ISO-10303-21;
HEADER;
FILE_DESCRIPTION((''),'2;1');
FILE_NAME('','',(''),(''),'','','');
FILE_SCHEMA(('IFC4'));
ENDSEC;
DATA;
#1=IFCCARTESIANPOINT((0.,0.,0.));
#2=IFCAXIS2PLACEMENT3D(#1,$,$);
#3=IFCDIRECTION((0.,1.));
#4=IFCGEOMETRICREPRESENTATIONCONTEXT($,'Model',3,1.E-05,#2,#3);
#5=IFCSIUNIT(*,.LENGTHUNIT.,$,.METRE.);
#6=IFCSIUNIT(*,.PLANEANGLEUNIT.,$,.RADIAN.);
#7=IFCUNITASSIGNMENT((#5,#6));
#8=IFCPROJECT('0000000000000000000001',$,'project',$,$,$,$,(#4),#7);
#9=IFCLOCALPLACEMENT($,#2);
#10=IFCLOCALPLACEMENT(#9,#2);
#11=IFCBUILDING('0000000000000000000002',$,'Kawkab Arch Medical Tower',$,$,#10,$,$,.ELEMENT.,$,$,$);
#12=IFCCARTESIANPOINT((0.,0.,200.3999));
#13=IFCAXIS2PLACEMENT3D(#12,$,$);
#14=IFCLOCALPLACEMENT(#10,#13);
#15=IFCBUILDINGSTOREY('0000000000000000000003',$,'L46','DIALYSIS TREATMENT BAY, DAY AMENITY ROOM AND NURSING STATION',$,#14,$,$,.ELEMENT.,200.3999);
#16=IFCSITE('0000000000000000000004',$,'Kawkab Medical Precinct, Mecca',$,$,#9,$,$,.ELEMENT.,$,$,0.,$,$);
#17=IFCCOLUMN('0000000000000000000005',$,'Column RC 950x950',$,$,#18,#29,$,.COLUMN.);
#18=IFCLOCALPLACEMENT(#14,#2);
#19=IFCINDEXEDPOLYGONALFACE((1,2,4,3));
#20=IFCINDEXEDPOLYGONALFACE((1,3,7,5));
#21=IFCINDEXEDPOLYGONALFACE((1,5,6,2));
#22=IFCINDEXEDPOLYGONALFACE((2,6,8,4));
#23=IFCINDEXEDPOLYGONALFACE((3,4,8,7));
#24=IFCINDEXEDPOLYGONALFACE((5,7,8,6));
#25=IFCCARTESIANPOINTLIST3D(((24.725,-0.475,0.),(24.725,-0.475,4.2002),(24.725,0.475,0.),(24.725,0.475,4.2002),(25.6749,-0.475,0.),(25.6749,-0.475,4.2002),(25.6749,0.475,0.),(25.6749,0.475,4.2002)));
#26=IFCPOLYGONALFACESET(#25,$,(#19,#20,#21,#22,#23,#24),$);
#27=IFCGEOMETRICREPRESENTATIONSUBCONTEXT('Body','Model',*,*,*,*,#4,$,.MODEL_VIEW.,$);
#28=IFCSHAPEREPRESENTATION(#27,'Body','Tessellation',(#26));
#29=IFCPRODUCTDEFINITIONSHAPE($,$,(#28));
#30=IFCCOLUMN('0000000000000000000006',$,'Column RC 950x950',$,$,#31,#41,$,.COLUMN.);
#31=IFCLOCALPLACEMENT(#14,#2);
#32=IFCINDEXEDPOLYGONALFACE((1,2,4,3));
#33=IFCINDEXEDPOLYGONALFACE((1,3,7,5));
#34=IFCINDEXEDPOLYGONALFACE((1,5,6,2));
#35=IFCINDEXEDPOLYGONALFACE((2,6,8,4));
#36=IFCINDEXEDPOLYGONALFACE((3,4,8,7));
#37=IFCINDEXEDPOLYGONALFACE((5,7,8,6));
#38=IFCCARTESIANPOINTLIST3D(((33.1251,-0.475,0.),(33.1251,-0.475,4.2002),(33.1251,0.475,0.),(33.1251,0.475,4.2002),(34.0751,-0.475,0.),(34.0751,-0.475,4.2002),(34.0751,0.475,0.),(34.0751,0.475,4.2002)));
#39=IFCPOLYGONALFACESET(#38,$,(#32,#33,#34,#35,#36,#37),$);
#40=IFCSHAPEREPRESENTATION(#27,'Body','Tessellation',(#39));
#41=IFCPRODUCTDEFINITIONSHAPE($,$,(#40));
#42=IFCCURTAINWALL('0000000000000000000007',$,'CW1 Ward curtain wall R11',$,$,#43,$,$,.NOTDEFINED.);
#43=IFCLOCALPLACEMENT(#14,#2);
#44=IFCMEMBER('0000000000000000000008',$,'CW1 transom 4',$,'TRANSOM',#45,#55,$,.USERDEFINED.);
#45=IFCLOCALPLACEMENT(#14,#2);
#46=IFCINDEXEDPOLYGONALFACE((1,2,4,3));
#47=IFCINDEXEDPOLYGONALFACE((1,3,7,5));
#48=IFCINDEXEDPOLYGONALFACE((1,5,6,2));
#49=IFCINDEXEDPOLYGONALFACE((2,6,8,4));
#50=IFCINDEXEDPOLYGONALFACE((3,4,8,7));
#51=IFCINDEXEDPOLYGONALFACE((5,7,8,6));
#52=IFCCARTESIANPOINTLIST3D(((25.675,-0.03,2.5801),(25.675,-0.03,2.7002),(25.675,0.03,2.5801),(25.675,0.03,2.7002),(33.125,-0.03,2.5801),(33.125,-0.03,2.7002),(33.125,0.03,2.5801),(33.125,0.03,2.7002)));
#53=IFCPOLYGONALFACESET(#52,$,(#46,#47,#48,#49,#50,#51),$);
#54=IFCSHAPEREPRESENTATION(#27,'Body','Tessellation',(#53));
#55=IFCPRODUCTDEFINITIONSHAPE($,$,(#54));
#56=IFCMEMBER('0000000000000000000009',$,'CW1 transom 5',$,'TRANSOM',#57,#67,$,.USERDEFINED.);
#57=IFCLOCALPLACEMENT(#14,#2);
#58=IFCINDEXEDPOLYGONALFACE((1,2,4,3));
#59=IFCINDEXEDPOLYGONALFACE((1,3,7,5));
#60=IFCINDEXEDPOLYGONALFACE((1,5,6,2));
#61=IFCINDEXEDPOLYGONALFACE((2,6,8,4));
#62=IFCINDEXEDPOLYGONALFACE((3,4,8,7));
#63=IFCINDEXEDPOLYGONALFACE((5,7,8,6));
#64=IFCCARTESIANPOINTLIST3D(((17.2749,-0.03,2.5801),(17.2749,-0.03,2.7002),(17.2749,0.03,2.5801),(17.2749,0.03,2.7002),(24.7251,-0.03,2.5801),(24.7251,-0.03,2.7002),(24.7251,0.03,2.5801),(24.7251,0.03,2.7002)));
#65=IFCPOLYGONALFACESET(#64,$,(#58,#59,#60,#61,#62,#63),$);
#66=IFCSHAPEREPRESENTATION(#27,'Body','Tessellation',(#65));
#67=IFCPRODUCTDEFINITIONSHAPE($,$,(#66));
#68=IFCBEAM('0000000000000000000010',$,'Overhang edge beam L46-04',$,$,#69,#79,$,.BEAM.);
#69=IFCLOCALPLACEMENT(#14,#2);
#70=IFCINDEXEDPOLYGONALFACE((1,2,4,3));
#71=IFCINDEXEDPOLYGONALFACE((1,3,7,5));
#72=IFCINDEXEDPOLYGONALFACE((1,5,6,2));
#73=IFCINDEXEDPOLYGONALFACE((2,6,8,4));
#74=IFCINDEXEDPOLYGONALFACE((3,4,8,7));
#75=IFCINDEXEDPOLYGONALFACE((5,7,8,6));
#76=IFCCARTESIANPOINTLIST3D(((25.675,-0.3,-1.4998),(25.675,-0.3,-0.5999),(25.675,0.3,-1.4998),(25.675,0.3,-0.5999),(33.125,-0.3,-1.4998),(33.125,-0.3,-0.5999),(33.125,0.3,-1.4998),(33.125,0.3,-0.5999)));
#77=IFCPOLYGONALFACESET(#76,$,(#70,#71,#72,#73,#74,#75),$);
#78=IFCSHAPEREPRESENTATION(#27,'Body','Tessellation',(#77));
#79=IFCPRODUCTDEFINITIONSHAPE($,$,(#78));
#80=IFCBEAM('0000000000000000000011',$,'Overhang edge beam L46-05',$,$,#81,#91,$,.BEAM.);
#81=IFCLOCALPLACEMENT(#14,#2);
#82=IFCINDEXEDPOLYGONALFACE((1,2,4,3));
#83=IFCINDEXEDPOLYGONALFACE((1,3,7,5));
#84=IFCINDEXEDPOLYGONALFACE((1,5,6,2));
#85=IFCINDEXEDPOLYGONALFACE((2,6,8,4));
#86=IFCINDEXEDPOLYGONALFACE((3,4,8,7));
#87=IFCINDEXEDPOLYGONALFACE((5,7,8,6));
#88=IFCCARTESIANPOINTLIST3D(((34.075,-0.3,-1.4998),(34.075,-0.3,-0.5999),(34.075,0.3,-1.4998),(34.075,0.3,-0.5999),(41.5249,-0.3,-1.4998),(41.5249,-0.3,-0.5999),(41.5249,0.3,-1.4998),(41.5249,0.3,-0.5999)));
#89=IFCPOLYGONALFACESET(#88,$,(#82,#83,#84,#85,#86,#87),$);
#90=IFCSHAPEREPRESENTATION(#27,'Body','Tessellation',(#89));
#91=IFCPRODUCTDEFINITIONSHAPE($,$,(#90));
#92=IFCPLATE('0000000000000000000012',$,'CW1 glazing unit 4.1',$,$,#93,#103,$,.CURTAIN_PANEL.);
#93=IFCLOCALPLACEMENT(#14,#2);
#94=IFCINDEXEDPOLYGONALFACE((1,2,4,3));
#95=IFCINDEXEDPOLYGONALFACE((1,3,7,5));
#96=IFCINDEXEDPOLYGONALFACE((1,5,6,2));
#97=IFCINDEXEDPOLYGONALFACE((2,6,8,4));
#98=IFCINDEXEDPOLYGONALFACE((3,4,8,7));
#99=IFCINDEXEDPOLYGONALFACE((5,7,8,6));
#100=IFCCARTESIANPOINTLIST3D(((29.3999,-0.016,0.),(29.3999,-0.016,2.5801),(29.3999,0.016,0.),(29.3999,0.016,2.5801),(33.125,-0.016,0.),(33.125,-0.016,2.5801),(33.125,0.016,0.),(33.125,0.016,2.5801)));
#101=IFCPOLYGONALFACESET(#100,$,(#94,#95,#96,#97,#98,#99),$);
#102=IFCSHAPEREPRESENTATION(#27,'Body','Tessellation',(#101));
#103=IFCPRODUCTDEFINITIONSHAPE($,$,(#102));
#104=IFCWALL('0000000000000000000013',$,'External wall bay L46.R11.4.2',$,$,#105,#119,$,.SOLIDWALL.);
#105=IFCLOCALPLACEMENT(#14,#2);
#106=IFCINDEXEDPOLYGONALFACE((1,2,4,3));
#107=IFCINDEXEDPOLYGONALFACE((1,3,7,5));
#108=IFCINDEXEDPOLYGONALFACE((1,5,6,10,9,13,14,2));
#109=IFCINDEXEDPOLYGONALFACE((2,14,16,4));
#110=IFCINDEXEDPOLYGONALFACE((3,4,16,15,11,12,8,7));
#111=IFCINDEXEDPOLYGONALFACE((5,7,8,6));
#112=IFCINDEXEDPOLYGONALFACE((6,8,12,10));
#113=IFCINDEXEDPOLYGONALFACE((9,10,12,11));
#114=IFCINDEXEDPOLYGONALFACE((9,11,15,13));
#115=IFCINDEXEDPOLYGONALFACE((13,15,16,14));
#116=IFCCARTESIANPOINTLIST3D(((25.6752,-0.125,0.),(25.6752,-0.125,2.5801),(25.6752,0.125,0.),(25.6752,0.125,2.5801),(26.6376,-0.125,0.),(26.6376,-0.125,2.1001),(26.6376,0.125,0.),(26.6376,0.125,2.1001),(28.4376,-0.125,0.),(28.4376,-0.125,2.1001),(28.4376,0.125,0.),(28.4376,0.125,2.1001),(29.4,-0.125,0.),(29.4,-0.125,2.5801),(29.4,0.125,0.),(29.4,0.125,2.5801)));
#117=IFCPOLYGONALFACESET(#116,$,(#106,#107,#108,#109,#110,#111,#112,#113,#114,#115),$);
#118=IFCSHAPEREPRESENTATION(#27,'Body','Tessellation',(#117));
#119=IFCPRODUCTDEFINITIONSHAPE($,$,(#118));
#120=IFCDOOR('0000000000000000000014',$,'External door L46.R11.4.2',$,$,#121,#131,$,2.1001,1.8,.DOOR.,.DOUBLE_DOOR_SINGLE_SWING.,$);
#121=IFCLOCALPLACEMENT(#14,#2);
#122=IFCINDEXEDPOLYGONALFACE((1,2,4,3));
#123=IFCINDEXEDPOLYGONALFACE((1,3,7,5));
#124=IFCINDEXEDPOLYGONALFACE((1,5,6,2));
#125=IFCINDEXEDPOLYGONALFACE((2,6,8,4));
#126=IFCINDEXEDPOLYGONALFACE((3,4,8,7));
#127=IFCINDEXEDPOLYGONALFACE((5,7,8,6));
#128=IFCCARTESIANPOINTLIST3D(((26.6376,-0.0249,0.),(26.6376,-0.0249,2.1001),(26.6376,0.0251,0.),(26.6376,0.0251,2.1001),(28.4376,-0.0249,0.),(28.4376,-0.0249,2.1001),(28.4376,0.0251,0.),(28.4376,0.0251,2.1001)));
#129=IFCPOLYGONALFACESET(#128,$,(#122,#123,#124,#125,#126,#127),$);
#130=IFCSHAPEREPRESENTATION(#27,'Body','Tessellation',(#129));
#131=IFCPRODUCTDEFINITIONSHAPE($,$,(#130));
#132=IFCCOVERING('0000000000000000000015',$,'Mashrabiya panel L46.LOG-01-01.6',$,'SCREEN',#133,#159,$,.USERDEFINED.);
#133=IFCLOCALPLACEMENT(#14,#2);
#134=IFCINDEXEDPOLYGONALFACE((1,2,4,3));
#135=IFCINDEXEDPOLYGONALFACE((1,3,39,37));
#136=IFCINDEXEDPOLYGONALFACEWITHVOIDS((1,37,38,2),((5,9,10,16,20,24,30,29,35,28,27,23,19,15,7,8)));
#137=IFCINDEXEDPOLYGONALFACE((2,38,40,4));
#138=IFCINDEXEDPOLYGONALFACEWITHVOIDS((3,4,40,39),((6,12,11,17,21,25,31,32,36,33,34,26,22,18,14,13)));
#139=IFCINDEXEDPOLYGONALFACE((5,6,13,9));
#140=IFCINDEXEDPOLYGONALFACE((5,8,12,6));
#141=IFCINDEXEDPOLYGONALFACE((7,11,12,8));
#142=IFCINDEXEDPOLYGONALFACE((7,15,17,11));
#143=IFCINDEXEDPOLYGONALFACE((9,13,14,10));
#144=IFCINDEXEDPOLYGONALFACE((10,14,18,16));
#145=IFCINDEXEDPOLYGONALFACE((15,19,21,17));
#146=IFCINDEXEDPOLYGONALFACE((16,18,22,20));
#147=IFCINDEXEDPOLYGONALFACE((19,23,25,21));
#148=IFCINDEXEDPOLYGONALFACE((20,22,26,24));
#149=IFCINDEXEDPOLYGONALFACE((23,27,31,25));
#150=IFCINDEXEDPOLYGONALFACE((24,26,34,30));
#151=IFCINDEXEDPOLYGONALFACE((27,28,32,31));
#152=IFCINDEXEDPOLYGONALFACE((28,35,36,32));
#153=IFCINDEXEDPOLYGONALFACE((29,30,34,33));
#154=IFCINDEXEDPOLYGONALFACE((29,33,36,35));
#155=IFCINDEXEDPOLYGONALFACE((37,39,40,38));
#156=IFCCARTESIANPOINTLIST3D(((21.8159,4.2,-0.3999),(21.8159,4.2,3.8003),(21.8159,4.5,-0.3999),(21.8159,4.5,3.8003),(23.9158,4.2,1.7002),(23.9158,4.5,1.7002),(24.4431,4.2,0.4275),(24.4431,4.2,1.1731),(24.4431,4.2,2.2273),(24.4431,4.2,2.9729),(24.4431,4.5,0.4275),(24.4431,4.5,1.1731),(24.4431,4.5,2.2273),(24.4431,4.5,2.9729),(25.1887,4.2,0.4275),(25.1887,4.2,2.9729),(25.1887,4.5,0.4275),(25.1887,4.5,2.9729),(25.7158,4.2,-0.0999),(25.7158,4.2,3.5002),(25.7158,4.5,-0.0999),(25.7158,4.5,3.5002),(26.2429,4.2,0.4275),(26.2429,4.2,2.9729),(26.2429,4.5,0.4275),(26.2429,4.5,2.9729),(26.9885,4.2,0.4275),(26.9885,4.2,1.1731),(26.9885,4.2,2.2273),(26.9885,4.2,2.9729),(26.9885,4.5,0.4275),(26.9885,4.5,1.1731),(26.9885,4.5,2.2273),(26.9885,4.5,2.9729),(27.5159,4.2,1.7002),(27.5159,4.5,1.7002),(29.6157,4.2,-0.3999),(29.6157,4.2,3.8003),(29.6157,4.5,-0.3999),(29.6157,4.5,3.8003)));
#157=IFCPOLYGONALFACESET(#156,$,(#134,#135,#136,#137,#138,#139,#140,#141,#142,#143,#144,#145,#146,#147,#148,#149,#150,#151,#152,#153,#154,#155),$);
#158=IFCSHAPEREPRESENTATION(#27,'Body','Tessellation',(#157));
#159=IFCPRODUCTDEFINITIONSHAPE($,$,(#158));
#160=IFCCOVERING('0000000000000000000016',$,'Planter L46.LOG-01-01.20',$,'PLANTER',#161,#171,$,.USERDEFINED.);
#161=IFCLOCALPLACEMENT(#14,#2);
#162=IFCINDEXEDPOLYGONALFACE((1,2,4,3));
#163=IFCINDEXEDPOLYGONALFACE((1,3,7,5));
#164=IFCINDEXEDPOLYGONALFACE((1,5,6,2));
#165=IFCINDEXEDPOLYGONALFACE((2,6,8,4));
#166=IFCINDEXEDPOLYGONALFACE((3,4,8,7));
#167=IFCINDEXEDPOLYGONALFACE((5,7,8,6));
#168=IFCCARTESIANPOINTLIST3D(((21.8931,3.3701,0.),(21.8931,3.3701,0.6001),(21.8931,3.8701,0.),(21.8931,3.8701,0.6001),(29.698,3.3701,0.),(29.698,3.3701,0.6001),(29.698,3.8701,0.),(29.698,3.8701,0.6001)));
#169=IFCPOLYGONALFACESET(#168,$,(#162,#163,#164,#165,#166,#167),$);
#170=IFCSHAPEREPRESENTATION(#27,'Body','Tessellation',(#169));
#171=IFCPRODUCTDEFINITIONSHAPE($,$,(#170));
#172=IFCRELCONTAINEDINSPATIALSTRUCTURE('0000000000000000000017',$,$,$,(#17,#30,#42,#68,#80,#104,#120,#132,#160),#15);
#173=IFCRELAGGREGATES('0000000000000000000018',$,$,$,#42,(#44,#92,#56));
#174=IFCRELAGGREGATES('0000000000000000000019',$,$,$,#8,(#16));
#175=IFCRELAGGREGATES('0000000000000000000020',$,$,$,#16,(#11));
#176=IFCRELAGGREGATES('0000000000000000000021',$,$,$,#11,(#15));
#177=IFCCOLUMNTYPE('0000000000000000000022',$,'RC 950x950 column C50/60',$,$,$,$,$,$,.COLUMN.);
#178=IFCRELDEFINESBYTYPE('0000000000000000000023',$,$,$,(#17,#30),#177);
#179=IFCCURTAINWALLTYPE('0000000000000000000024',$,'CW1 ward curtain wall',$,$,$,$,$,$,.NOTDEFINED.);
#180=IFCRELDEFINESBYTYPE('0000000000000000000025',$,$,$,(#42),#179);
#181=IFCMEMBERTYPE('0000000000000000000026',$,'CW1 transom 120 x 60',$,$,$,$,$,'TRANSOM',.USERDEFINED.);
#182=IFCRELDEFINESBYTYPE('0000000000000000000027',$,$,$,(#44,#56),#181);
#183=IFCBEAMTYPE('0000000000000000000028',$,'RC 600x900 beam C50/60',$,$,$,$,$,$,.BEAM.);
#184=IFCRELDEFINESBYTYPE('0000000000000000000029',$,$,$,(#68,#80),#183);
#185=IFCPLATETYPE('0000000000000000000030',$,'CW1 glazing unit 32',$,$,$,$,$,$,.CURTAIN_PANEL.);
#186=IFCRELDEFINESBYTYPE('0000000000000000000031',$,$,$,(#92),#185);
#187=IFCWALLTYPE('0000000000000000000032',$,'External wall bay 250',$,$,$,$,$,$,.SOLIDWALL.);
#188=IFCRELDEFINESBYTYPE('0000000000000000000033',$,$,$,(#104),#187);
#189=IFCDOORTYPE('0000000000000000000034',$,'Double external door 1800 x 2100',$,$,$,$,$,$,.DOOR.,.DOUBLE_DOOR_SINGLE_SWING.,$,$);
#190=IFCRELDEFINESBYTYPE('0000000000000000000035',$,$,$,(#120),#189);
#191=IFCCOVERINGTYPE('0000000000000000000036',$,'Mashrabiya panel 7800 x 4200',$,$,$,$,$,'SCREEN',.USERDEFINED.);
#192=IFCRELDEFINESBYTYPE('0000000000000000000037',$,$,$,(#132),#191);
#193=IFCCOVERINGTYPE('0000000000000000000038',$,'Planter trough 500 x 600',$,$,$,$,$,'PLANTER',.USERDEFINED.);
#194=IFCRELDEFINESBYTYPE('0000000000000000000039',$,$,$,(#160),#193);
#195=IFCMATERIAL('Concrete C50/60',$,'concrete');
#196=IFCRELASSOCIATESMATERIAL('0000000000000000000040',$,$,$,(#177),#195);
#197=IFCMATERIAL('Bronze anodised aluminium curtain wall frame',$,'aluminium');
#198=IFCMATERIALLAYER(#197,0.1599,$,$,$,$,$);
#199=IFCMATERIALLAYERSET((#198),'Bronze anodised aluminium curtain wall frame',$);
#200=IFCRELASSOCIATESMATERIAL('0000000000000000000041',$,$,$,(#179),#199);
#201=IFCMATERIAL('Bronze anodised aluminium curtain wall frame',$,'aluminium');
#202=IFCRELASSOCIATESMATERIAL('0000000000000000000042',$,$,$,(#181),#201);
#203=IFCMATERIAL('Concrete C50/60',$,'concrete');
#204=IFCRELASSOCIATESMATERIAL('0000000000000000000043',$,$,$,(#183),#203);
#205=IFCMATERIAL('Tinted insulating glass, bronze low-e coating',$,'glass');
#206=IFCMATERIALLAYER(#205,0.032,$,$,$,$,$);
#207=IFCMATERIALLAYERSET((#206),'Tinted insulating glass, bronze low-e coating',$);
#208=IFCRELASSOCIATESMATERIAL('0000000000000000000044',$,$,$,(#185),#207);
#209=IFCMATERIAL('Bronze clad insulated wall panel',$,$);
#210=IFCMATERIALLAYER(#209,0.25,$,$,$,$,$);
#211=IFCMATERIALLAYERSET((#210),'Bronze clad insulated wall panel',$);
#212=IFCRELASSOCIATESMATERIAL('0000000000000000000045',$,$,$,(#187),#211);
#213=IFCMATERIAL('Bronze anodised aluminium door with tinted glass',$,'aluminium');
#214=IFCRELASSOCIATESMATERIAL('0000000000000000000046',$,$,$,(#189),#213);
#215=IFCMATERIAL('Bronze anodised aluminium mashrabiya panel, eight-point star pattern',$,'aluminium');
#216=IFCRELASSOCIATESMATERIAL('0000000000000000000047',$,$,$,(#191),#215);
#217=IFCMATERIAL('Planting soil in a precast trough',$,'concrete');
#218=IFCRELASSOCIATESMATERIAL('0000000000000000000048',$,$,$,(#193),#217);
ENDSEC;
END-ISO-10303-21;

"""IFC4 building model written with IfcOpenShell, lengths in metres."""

from ifc_helpers import new_model, si_unit, direction, frame, frame_2d, origin, origin_2d, place, context, subcontext, project, spatial, polyline, rectangle, outline, extrude, material, layer, layer_set, material_profile, profile_set, type_object, element, fill, aggregate, save


model = new_model("IFC4")

# Units and contexts
model_context = context("Model", 3, precision=1e-05, world=origin(), true_north=direction((0.0, 1.0)))
body_context = subcontext(model_context, "Body", "Model", "MODEL_VIEW")
ifc_project = project(units=[si_unit("LENGTHUNIT", "METRE"), si_unit("PLANEANGLEUNIT", "RADIAN")], contexts=[model_context])

# Site, building, storey
site_placement = place(None, origin())
site = spatial("IfcSite", under=ifc_project, at=site_placement, Name="Kawkab Medical Precinct, Mecca", CompositionType="ELEMENT", RefElevation=0.0)
building_placement = place(site_placement, origin())
building = spatial("IfcBuilding", under=site, at=building_placement, Name="Kawkab Arch Medical Tower", CompositionType="ELEMENT")
storey_placement = place(building_placement, frame((0.0, 0.0, 200.3999)))
storey = spatial("IfcBuildingStorey", under=building, at=storey_placement, Name="L46", Description="DIALYSIS TREATMENT BAY, DAY AMENITY ROOM AND NURSING STATION", CompositionType="ELEMENT", Elevation=200.3999)

# Columns
ifc_material_1 = material(Name="Concrete C50/60", Category="concrete")
ifc_material_profile_1 = material_profile(ifc_material_1, rectangle(XDim=0.95, YDim=0.95, at=origin_2d()), Name="RC 950x950")
ifc_profile_set_1 = profile_set([ifc_material_profile_1], Name="Concrete C50/60")
column_type = type_object("IfcColumnType", Name="RC 950x950 column C50/60", PredefinedType="COLUMN", material=ifc_profile_set_1)
for number, where, z_axis, x_axis, name in (
    (1, (25.2, 0.0, 0.0), (0.0, 0.0, 1.0), (1.0, 0.0, 0.0), "Column RC 950x950"),
    (2, (33.6001, 0.0, 0.0), (0.0, 0.0, 1.0), (1.0, 0.0, 0.0), "Column RC 950x950"),
):
    element("IfcColumn", number, at=place(storey_placement, frame(where, z_axis=z_axis, x_axis=x_axis)), inside=storey, type_object=column_type, Name=name, PredefinedType="COLUMN", context=body_context, shape_type="SweptSolid", body=[
        extrude(rectangle(XDim=0.95, YDim=0.95, at=origin_2d()), origin(), (0.0, 0.0, 1.0), 4.2002),
    ])

# Curtain wall, members
ifc_material_2 = material(Name="Bronze anodised aluminium curtain wall frame", Category="aluminium")
ifc_layer_1 = layer(ifc_material_2, 0.1599)
ifc_layer_set_1 = layer_set([ifc_layer_1], Name="Bronze anodised aluminium curtain wall frame")
curtain_wall_type = type_object("IfcCurtainWallType", Name="CW1 ward curtain wall", PredefinedType="NOTDEFINED", material=ifc_layer_set_1)
curtain_wall_placement = place(storey_placement, origin())
curtain_wall = element("IfcCurtainWall", 3, at=curtain_wall_placement, inside=storey, type_object=curtain_wall_type, Name="CW1 Ward curtain wall R11", PredefinedType="NOTDEFINED")
ifc_material_3 = material(Name="Bronze anodised aluminium curtain wall frame", Category="aluminium")
ifc_material_profile_2 = material_profile(ifc_material_3, rectangle(XDim=0.0601, YDim=0.1201, at=origin_2d()), Name="AL 60x120")
ifc_profile_set_2 = profile_set([ifc_material_profile_2], Name="Bronze anodised aluminium curtain wall frame")
member_type = type_object("IfcMemberType", Name="CW1 transom 120 x 60", ElementType="TRANSOM", PredefinedType="USERDEFINED", material=ifc_profile_set_2)
member_1_placement = place(storey_placement, frame((33.125, 0.0, 2.6401), z_axis=(-1.0, 0.0, 0.0), x_axis=(0.0, -1.0, 0.0)))
member_1 = element("IfcMember", 4, at=member_1_placement, type_object=member_type, Name="CW1 transom 4", ObjectType="TRANSOM", PredefinedType="USERDEFINED", context=body_context, shape_type="SweptSolid", body=[
    extrude(rectangle(XDim=0.0601, YDim=0.1201, at=origin_2d()), origin(), (0.0, 0.0, 1.0), 7.45),
])
member_2_placement = place(storey_placement, frame((24.7251, 0.0, 2.6401), z_axis=(-1.0, 0.0, 0.0), x_axis=(0.0, -1.0, 0.0)))
member_2 = element("IfcMember", 5, at=member_2_placement, type_object=member_type, Name="CW1 transom 5", ObjectType="TRANSOM", PredefinedType="USERDEFINED", context=body_context, shape_type="SweptSolid", body=[
    extrude(rectangle(XDim=0.0601, YDim=0.1201, at=origin_2d()), origin(), (0.0, 0.0, 1.0), 7.4502),
])

# Beams
ifc_material_4 = material(Name="Concrete C50/60", Category="concrete")
ifc_material_profile_3 = material_profile(ifc_material_4, rectangle(XDim=0.6001, YDim=0.8999, at=origin_2d()), Name="RC 600x900")
ifc_profile_set_3 = profile_set([ifc_material_profile_3], Name="Concrete C50/60")
beam_type = type_object("IfcBeamType", Name="RC 600x900 beam C50/60", PredefinedType="BEAM", material=ifc_profile_set_3)
for number, where, z_axis, x_axis, name in (
    (6, (25.675, 0.0, -1.0498), (1.0, 0.0, 0.0), (0.0, 1.0, 0.0), "Overhang edge beam L46-04"),
    (7, (34.075, 0.0, -1.0498), (1.0, 0.0, 0.0), (0.0, 1.0, 0.0), "Overhang edge beam L46-05"),
):
    element("IfcBeam", number, at=place(storey_placement, frame(where, z_axis=z_axis, x_axis=x_axis)), inside=storey, type_object=beam_type, Name=name, PredefinedType="BEAM", context=body_context, shape_type="SweptSolid", body=[
        extrude(rectangle(XDim=0.6001, YDim=0.8999, at=origin_2d()), origin(), (0.0, 0.0, 1.0), 7.45),
    ])

# Plate
ifc_material_5 = material(Name="Tinted insulating glass, bronze low-e coating", Category="glass")
ifc_layer_2 = layer(ifc_material_5, 0.032)
ifc_layer_set_2 = layer_set([ifc_layer_2], Name="Tinted insulating glass, bronze low-e coating")
plate_type = type_object("IfcPlateType", Name="CW1 glazing unit 32", PredefinedType="CURTAIN_PANEL", material=ifc_layer_set_2)
plate_placement = place(storey_placement, frame((31.2625, 0.0, 0.0), z_axis=(0.0, 0.0, 1.0), x_axis=(-1.0, 0.0, 0.0)))
plate = element("IfcPlate", 8, at=plate_placement, type_object=plate_type, Name="CW1 glazing unit 4.1", PredefinedType="CURTAIN_PANEL", context=body_context, shape_type="SweptSolid", body=[
    extrude(rectangle(XDim=3.7251, YDim=0.032, at=origin_2d()), origin(), (0.0, 0.0, 1.0), 2.5801),
])
aggregate(curtain_wall, [member_1, plate, member_2])

# Wall, opening, door
ifc_material_6 = material(Name="Bronze clad insulated wall panel")
ifc_layer_3 = layer(ifc_material_6, 0.25)
ifc_layer_set_3 = layer_set([ifc_layer_3], Name="Bronze clad insulated wall panel")
wall_type = type_object("IfcWallType", Name="External wall bay 250", PredefinedType="SOLIDWALL", material=ifc_layer_set_3)
wall_placement = place(storey_placement, frame((29.3999, 0.0, 0.0), z_axis=(0.0, 0.0, 1.0), x_axis=(-1.0, 0.0, 0.0)))
wall = element("IfcWall", 9, at=wall_placement, inside=storey, type_object=wall_type, Name="External wall bay L46.R11.4.2", PredefinedType="SOLIDWALL", context=body_context, shape_type="SweptSolid", body=[
    extrude(rectangle(XDim=3.7249, YDim=0.25, at=frame_2d((1.8623, 0.0))), origin(), (0.0, 0.0, 1.0), 2.5801),
])
opening_placement = place(wall_placement, frame((0.9624, 0.0, 0.0)))
opening = element("IfcOpeningElement", 10, at=opening_placement, cuts=wall, PredefinedType="OPENING", context=body_context, shape_type="SweptSolid", body=[
    extrude(rectangle(XDim=1.8, YDim=2.1001, at=frame_2d((0.8999, 1.05))), frame((0.0, 0.135, 0.0), z_axis=(0.0, -1.0, 0.0), x_axis=(1.0, 0.0, 0.0)), (0.0, 0.0, 1.0), 0.27),
])
ifc_material_7 = material(Name="Bronze anodised aluminium door with tinted glass", Category="aluminium")
door_type = type_object("IfcDoorType", Name="Double external door 1800 x 2100", OperationType="DOUBLE_DOOR_SINGLE_SWING", PredefinedType="DOOR", material=ifc_material_7)
door_placement = place(opening_placement, origin())
door = element("IfcDoor", 11, at=door_placement, inside=storey, type_object=door_type, Name="External door L46.R11.4.2", OperationType="DOUBLE_DOOR_SINGLE_SWING", OverallHeight=2.1001, OverallWidth=1.8, PredefinedType="DOOR", context=body_context, shape_type="SweptSolid", body=[
    extrude(rectangle(XDim=1.8, YDim=2.1001, at=frame_2d((0.8999, 1.05))), frame((0.0, 0.0249, 0.0), z_axis=(0.0, -1.0, 0.0), x_axis=(1.0, 0.0, 0.0)), (0.0, 0.0, 1.0), 0.05),
])
fill(opening, door)

# Coverings
ifc_material_8 = material(Name="Bronze anodised aluminium mashrabiya panel, eight-point star pattern", Category="aluminium")
ifc_material_profile_4 = material_profile(ifc_material_8, outline(polyline([(-3.8999, -2.1001), (3.8999, -2.1001), (3.8999, 2.1001), (-3.8999, 2.1001), (-3.8999, -2.1001)]), holes=[polyline([(1.8, 0.0), (1.2727, 0.5271), (1.2727, 1.2727), (0.5271, 1.2727), (0.0, 1.8), (-0.5271, 1.2727), (-1.2727, 1.2727), (-1.2727, 0.5271), (-1.8, 0.0), (-1.2727, -0.5271), (-1.2727, -1.2727), (-0.5271, -1.2727), (0.0, -1.8), (0.5271, -1.2727), (1.2727, -1.2727), (1.2727, -0.5271), (1.8, 0.0)])]), Name="Mashrabiya panel 7800x4200")
ifc_profile_set_4 = profile_set([ifc_material_profile_4], Name="Bronze anodised aluminium mashrabiya panel, eight-point star pattern")
covering_type_1 = type_object("IfcCoveringType", Name="Mashrabiya panel 7800 x 4200", ElementType="SCREEN", PredefinedType="USERDEFINED", material=ifc_profile_set_4)
covering_1_placement = place(storey_placement, frame((25.7158, 4.2, 1.7002), z_axis=(0.0, 1.0, 0.0), x_axis=(-1.0, 0.0, 0.0)))
element("IfcCovering", 12, at=covering_1_placement, inside=storey, type_object=covering_type_1, Name="Mashrabiya panel L46.LOG-01-01.6", ObjectType="SCREEN", PredefinedType="USERDEFINED", context=body_context, shape_type="SweptSolid", body=[
    extrude(outline(polyline([(-3.8999, -2.1001), (3.8999, -2.1001), (3.8999, 2.1001), (-3.8999, 2.1001), (-3.8999, -2.1001)]), holes=[polyline([(1.8, 0.0), (1.2727, 0.5271), (1.2727, 1.2727), (0.5271, 1.2727), (0.0, 1.8), (-0.5271, 1.2727), (-1.2727, 1.2727), (-1.2727, 0.5271), (-1.8, 0.0), (-1.2727, -0.5271), (-1.2727, -1.2727), (-0.5271, -1.2727), (0.0, -1.8), (0.5271, -1.2727), (1.2727, -1.2727), (1.2727, -0.5271), (1.8, 0.0)])]), origin(), (0.0, 0.0, 1.0), 0.3),
])
ifc_material_9 = material(Name="Planting soil in a precast trough", Category="concrete")
ifc_material_profile_5 = material_profile(ifc_material_9, rectangle(XDim=0.5, YDim=0.6001, at=origin_2d()), Name="Trough 500x600")
ifc_profile_set_5 = profile_set([ifc_material_profile_5], Name="Planting soil in a precast trough")
covering_type_2 = type_object("IfcCoveringType", Name="Planter trough 500 x 600", ElementType="PLANTER", PredefinedType="USERDEFINED", material=ifc_profile_set_5)
covering_2_placement = place(storey_placement, frame((21.8931, 3.6201, 0.3), z_axis=(1.0, 0.0, 0.0), x_axis=(0.0, 1.0, 0.0)))
element("IfcCovering", 13, at=covering_2_placement, inside=storey, type_object=covering_type_2, Name="Planter L46.LOG-01-01.20", ObjectType="PLANTER", PredefinedType="USERDEFINED", context=body_context, shape_type="SweptSolid", body=[
    extrude(rectangle(XDim=0.5, YDim=0.6001, at=origin_2d()), origin(), (0.0, 0.0, 1.0), 7.8049),
])

save(model, "model.ifc")
